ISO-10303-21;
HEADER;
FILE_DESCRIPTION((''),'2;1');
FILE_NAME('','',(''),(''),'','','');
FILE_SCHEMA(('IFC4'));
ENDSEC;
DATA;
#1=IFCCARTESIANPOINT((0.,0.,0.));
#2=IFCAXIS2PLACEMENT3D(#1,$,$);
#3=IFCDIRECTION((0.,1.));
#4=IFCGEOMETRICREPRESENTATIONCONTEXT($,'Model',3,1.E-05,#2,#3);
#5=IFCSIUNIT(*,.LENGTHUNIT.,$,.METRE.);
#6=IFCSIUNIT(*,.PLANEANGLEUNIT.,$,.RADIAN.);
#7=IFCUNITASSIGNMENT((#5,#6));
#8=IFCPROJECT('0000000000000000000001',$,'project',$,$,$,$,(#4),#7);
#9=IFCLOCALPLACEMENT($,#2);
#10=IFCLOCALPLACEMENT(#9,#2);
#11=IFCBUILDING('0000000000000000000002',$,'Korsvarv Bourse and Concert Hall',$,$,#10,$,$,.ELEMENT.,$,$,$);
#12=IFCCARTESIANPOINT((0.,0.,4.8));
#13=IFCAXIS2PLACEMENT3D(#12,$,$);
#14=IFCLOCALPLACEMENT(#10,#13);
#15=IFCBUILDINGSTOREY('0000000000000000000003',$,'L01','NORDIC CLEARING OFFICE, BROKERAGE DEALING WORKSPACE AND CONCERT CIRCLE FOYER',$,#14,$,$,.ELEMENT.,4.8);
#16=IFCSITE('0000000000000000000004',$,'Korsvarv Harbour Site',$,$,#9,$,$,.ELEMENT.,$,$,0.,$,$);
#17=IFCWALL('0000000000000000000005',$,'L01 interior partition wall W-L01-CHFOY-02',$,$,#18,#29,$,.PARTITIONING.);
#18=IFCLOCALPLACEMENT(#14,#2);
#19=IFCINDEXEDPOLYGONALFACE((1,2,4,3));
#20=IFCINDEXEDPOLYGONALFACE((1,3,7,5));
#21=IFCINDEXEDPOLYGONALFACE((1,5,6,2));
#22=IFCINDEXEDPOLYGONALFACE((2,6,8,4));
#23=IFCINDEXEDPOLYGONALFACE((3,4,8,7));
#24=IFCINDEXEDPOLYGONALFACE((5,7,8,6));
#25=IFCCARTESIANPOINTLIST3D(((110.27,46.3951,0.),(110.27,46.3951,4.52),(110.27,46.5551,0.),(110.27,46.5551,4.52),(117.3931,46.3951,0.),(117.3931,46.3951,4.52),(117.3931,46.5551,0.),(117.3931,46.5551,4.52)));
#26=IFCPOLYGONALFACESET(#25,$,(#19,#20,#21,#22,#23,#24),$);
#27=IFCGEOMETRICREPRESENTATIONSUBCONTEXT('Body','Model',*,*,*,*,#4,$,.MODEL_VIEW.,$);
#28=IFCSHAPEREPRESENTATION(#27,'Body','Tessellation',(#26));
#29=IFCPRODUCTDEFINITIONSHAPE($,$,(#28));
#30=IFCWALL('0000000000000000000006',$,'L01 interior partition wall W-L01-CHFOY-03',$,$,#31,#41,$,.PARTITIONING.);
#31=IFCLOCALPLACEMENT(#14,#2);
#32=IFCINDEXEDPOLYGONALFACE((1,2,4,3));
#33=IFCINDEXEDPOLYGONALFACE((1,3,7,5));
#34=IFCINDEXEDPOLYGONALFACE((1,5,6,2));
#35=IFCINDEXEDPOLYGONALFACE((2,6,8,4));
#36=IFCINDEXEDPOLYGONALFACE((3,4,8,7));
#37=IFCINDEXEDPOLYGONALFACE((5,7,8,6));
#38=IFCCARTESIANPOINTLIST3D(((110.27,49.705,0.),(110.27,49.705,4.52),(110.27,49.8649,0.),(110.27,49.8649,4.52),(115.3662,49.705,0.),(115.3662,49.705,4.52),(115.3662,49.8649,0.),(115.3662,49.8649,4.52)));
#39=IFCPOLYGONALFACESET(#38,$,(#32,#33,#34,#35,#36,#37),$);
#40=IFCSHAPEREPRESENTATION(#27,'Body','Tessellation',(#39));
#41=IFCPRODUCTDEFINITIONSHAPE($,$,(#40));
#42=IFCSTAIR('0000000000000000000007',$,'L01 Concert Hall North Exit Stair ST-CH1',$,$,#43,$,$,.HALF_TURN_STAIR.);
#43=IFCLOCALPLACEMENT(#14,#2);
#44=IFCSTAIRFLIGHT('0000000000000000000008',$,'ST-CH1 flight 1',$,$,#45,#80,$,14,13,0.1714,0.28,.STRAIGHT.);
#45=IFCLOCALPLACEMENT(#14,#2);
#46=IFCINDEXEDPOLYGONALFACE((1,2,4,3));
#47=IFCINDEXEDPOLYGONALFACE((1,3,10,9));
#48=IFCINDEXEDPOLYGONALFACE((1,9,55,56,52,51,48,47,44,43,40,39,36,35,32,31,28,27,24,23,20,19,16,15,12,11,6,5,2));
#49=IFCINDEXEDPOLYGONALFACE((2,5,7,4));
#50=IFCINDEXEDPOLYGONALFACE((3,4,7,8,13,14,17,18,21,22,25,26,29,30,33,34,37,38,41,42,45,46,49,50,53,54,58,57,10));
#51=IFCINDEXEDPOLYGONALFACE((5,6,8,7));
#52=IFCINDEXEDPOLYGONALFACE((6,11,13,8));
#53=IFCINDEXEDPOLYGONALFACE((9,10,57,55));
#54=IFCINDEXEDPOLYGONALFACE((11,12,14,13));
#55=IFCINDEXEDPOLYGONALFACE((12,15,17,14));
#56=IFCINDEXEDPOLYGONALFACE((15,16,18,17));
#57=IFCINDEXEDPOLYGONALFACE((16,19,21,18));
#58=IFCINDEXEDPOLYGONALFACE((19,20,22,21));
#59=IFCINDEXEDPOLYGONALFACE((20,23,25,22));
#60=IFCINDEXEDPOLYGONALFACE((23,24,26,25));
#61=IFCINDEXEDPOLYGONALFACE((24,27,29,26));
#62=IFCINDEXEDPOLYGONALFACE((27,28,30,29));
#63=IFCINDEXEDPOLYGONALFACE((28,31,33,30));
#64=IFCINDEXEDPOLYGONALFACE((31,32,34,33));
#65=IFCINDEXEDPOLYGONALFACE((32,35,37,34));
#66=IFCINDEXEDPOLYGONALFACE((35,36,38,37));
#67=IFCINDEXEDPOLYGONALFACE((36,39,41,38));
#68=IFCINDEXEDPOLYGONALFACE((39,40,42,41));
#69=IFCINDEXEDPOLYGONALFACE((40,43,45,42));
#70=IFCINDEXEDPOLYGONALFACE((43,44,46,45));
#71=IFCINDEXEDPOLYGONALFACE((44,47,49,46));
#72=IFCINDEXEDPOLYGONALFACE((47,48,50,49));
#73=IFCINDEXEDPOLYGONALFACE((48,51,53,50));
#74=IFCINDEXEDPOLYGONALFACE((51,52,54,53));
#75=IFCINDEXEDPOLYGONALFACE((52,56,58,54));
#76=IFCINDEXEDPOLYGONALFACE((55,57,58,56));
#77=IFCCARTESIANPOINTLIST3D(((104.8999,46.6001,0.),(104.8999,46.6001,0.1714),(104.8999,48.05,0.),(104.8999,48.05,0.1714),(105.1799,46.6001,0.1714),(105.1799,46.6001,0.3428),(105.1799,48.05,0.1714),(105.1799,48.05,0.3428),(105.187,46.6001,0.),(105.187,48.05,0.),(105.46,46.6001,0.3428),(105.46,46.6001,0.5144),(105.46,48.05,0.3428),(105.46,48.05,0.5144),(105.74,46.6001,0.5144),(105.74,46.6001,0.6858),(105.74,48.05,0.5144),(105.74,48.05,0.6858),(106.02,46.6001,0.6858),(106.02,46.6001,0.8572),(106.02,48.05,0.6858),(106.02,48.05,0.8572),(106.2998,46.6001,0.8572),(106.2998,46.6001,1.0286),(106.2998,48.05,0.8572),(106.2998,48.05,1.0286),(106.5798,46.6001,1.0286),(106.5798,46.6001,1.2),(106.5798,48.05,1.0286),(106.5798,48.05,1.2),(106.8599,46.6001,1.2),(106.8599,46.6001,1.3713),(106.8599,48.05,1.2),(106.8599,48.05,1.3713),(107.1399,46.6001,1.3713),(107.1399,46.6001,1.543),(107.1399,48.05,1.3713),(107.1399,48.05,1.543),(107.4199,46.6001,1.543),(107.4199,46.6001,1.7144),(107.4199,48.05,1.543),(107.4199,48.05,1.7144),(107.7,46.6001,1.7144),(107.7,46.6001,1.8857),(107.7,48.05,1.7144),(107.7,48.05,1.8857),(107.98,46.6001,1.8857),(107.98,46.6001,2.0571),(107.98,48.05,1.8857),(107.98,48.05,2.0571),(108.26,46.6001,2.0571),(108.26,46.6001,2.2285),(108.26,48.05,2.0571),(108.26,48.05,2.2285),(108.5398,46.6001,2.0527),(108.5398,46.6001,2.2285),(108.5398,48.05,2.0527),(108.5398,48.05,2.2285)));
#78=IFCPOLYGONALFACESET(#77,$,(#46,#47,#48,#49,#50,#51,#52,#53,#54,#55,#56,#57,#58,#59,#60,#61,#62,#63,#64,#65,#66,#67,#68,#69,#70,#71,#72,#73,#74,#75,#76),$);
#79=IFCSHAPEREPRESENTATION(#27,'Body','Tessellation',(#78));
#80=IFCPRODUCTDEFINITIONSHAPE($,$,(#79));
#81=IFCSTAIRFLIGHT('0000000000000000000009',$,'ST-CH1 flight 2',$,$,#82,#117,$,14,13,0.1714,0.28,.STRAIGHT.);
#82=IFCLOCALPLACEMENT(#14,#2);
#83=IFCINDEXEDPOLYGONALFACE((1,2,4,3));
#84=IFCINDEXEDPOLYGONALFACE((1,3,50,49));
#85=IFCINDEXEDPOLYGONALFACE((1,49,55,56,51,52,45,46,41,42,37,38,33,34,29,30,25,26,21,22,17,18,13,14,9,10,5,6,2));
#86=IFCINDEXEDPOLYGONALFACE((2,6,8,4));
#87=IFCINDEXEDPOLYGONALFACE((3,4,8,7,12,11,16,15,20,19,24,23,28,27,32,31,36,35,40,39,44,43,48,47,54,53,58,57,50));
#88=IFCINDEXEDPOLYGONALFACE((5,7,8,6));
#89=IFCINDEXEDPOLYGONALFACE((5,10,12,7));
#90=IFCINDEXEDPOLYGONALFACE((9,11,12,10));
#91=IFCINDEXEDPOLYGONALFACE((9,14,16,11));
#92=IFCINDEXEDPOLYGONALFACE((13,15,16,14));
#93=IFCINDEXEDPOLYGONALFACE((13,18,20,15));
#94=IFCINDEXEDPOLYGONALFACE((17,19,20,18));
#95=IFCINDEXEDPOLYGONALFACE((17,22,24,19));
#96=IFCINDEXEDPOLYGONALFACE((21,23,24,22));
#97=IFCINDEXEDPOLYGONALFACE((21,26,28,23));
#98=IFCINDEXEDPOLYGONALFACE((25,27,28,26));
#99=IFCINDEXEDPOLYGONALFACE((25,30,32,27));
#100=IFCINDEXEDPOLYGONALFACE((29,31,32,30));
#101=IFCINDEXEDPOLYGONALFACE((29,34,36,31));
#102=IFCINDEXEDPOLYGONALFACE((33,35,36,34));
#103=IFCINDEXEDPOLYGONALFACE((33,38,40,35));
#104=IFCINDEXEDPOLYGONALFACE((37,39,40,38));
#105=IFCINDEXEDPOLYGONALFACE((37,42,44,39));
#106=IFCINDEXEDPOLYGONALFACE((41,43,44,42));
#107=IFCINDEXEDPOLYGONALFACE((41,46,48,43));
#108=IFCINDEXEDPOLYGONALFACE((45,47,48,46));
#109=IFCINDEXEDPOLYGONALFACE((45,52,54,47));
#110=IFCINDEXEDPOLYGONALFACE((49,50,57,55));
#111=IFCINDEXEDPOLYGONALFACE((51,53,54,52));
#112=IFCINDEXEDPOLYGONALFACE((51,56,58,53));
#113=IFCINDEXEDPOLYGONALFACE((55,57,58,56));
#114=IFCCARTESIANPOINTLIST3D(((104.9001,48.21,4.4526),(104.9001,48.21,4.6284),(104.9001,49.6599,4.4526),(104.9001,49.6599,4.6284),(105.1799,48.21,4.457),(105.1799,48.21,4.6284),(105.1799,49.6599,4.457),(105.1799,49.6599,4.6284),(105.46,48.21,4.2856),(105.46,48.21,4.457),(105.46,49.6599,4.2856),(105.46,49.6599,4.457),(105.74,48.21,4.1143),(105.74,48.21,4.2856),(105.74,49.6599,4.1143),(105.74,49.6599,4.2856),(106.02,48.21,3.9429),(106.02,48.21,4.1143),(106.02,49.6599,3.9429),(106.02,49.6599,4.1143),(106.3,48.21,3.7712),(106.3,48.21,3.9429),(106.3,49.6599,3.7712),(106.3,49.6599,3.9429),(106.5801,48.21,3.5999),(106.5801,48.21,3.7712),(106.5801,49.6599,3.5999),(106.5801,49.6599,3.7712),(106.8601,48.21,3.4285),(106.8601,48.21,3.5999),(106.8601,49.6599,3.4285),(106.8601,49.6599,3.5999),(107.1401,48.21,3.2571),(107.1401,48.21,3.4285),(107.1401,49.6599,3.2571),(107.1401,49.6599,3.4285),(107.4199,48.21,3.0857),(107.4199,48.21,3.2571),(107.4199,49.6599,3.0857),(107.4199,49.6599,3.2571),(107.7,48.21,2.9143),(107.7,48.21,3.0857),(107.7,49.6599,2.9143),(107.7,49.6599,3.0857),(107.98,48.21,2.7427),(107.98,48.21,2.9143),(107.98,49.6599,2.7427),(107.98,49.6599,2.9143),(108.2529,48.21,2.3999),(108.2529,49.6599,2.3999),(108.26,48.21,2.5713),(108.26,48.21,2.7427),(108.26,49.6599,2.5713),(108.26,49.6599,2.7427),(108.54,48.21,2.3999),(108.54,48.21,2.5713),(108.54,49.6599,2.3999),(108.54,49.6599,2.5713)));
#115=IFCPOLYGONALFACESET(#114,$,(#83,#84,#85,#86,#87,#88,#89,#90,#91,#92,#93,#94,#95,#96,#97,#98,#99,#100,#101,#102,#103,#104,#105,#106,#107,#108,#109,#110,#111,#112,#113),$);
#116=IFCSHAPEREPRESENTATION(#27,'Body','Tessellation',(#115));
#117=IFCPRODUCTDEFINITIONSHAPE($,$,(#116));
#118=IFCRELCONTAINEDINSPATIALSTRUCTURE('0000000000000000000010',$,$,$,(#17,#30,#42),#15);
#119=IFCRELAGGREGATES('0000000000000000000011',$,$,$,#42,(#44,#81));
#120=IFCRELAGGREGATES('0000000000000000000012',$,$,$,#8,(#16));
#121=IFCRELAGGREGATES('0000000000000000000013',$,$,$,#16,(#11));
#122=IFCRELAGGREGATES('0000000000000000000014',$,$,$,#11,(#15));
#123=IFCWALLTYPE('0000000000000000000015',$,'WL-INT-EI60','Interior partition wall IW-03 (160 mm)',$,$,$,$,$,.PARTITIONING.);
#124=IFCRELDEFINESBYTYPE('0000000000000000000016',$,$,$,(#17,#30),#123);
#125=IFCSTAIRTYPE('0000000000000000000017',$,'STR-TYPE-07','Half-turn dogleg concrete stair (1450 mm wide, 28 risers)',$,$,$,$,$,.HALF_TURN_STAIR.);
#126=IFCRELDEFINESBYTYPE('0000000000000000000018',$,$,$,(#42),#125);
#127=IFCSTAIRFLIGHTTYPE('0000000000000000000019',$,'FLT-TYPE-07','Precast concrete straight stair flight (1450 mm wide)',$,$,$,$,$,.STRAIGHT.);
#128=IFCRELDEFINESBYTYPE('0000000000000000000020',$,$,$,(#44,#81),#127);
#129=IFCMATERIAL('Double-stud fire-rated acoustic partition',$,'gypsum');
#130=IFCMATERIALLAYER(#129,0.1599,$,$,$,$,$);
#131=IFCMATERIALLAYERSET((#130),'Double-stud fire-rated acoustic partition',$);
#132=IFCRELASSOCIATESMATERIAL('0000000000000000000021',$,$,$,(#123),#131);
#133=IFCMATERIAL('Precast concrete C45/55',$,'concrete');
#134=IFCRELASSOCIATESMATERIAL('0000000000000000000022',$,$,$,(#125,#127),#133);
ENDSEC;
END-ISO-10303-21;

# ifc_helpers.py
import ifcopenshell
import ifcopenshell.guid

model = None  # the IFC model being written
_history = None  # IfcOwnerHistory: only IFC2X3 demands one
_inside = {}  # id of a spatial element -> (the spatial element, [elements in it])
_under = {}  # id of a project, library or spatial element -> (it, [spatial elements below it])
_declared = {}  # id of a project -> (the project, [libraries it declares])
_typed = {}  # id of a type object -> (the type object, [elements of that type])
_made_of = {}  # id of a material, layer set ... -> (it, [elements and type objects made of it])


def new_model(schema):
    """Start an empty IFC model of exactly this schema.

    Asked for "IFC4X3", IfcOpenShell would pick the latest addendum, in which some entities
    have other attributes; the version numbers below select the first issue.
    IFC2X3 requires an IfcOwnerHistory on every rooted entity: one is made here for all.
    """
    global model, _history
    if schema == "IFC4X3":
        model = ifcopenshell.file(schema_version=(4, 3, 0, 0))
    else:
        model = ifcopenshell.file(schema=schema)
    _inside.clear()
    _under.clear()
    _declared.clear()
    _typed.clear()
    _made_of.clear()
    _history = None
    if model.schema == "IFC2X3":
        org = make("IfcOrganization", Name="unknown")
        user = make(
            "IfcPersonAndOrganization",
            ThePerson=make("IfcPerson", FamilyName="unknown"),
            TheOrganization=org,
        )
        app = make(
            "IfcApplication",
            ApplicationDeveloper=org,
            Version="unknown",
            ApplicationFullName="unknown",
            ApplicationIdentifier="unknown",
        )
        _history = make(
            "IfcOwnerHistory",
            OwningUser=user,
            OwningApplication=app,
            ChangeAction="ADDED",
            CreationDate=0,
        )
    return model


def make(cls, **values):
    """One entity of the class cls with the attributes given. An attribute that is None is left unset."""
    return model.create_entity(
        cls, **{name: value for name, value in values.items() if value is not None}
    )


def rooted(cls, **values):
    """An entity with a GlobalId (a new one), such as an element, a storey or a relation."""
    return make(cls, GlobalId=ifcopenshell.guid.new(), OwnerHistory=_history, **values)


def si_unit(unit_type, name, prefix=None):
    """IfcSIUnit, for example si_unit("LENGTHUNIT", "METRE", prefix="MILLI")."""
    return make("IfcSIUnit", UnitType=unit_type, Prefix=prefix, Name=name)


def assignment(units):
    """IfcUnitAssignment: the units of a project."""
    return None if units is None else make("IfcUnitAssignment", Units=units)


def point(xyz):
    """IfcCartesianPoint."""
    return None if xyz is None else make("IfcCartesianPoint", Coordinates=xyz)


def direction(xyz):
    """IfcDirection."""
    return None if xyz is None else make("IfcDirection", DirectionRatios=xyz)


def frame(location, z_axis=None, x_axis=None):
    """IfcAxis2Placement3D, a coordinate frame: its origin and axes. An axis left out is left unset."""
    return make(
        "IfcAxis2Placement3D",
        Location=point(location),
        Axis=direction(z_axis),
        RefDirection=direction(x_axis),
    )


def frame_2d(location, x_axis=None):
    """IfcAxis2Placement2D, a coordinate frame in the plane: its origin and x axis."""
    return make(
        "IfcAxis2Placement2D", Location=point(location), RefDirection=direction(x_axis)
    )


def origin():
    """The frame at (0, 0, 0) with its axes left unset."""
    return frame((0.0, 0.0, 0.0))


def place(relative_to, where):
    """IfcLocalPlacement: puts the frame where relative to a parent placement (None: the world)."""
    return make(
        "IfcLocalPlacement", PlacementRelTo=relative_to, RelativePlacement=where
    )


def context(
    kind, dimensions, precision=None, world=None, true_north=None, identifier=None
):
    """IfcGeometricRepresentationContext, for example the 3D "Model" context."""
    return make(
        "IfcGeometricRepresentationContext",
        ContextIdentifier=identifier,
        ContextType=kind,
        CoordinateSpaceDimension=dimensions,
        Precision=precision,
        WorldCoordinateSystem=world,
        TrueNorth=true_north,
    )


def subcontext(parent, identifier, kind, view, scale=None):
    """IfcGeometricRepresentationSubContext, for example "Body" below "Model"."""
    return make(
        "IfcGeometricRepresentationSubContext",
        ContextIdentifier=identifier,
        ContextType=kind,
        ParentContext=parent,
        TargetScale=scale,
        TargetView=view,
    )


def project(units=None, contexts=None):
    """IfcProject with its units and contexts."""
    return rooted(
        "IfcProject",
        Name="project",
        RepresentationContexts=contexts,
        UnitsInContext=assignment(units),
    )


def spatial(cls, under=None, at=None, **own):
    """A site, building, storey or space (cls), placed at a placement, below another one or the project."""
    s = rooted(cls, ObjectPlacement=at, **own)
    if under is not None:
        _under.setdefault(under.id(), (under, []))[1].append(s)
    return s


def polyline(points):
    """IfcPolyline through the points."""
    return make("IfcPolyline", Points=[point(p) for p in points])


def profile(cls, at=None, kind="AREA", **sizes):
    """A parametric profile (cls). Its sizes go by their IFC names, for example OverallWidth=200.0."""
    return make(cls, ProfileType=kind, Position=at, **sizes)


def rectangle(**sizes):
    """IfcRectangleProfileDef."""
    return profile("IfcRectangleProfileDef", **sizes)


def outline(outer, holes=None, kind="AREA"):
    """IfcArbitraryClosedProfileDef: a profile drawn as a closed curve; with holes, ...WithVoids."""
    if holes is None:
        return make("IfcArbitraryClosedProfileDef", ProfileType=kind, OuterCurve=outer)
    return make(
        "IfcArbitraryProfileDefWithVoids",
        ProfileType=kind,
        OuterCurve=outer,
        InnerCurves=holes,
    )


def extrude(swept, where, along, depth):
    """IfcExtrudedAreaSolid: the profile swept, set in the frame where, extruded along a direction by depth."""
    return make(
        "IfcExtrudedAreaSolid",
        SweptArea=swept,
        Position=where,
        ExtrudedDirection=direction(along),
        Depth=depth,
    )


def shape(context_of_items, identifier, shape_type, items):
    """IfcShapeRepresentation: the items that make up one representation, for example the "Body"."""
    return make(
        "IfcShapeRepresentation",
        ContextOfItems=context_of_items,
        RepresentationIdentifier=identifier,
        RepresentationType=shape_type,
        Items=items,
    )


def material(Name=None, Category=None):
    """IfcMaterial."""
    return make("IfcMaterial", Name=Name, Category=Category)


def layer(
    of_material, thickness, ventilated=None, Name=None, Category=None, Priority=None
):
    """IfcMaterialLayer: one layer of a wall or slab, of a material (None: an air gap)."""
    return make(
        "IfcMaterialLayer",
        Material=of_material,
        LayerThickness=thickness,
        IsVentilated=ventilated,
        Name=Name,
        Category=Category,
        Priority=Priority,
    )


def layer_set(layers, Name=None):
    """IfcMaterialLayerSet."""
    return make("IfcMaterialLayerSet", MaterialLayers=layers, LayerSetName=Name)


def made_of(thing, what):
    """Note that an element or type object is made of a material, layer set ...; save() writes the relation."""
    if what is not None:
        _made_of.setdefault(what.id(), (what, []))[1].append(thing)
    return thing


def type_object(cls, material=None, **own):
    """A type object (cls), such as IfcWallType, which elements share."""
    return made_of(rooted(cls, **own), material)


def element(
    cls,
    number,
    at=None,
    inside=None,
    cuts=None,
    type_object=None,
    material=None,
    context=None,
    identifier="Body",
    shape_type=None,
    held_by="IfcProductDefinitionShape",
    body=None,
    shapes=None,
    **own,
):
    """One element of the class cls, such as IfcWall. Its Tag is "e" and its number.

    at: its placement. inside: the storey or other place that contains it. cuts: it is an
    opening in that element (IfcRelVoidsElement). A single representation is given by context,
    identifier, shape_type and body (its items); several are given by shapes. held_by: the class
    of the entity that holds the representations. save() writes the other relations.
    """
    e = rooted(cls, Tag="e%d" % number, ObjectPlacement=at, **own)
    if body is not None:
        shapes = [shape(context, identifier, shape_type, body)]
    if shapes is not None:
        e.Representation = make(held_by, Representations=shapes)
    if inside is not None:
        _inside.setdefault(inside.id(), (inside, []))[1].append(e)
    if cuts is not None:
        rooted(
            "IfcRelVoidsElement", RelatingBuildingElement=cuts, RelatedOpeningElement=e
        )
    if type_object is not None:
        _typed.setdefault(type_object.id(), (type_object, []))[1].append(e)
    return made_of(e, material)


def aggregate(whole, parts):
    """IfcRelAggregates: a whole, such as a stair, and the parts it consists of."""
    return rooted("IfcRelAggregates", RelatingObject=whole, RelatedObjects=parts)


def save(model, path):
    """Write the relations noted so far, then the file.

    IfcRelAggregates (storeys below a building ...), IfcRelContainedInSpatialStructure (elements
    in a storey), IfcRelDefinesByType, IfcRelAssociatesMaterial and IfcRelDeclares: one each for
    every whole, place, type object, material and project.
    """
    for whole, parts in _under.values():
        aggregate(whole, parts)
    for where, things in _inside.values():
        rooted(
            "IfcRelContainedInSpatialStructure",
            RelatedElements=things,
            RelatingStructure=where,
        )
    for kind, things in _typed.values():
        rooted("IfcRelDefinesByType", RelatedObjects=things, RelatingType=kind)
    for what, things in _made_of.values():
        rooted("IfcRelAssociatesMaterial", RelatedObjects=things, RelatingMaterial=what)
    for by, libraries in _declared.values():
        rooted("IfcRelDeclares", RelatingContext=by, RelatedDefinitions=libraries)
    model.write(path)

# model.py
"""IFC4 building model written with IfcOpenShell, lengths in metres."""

from ifc_helpers import new_model, si_unit, direction, frame, frame_2d, origin, place, context, subcontext, project, spatial, polyline, rectangle, outline, extrude, material, layer, layer_set, type_object, element, aggregate, save


model = new_model("IFC4")

# Units and contexts
model_context = context("Model", 3, precision=1e-05, world=origin(), true_north=direction((0.0, 1.0)))
body_context = subcontext(model_context, "Body", "Model", "MODEL_VIEW")
ifc_project = project(units=[si_unit("LENGTHUNIT", "METRE"), si_unit("PLANEANGLEUNIT", "RADIAN")], contexts=[model_context])

# Site, building, storey
site_placement = place(None, origin())
site = spatial("IfcSite", under=ifc_project, at=site_placement, Name="Korsvarv Harbour Site", CompositionType="ELEMENT", RefElevation=0.0)
building_placement = place(site_placement, origin())
building = spatial("IfcBuilding", under=site, at=building_placement, Name="Korsvarv Bourse and Concert Hall", CompositionType="ELEMENT")
storey_placement = place(building_placement, frame((0.0, 0.0, 4.8)))
storey = spatial("IfcBuildingStorey", under=building, at=storey_placement, Name="L01", Description="NORDIC CLEARING OFFICE, BROKERAGE DEALING WORKSPACE AND CONCERT CIRCLE FOYER", CompositionType="ELEMENT", Elevation=4.8)

# Walls
ifc_material_1 = material(Name="Double-stud fire-rated acoustic partition", Category="gypsum")
ifc_layer_1 = layer(ifc_material_1, 0.1599)
ifc_layer_set_1 = layer_set([ifc_layer_1], Name="Double-stud fire-rated acoustic partition")
wall_type_1 = type_object("IfcWallType", Name="WL-INT-EI60", Description="Interior partition wall IW-03 (160 mm)", PredefinedType="PARTITIONING", material=ifc_layer_set_1)
wall_1_placement = place(storey_placement, frame((110.27, 46.4751, 0.0), z_axis=(0.0, 0.0, 1.0), x_axis=(1.0, 0.0, 0.0)))
element("IfcWall", 1, at=wall_1_placement, inside=storey, type_object=wall_type_1, Name="L01 interior partition wall W-L01-CHFOY-02", PredefinedType="PARTITIONING", context=body_context, shape_type="SweptSolid", body=[
    extrude(rectangle(XDim=7.123, YDim=0.1599, at=frame_2d((3.5615, 0.0))), origin(), (0.0, 0.0, 1.0), 4.52),
])
wall_2_placement = place(storey_placement, frame((110.27, 49.7849, 0.0), z_axis=(0.0, 0.0, 1.0), x_axis=(1.0, 0.0, 0.0)))
element("IfcWall", 2, at=wall_2_placement, inside=storey, type_object=wall_type_1, Name="L01 interior partition wall W-L01-CHFOY-03", PredefinedType="PARTITIONING", context=body_context, shape_type="SweptSolid", body=[
    extrude(rectangle(XDim=5.0962, YDim=0.1599, at=frame_2d((2.5481, 0.0))), origin(), (0.0, 0.0, 1.0), 4.52),
])

# Stair, stair flights
ifc_material_2 = material(Name="Precast concrete C45/55", Category="concrete")
stair_type = type_object("IfcStairType", Name="STR-TYPE-07", Description="Half-turn dogleg concrete stair (1450 mm wide, 28 risers)", PredefinedType="HALF_TURN_STAIR", material=ifc_material_2)
stair_placement = place(storey_placement, origin())
stair = element("IfcStair", 3, at=stair_placement, inside=storey, type_object=stair_type, Name="L01 Concert Hall North Exit Stair ST-CH1", PredefinedType="HALF_TURN_STAIR")
stair_flight_type = type_object("IfcStairFlightType", Name="FLT-TYPE-07", Description="Precast concrete straight stair flight (1450 mm wide)", PredefinedType="STRAIGHT", material=ifc_material_2)
stair_flight_1_placement = place(storey_placement, frame((104.8999, 47.325, 0.0), z_axis=(0.0, 0.0, 1.0), x_axis=(1.0, 0.0, 0.0)))
stair_flight_1 = element("IfcStairFlight", 4, at=stair_flight_1_placement, type_object=stair_flight_type, Name="ST-CH1 flight 1", NumberOfRisers=14, NumberOfTreads=13, PredefinedType="STRAIGHT", RiserHeight=0.1714, TreadLength=0.28, context=body_context, shape_type="SweptSolid", body=[
    extrude(outline(polyline([(0.0, 0.0), (0.0, 0.1714), (0.28, 0.1714), (0.28, 0.3428), (0.5601, 0.3428), (0.5601, 0.5144), (0.8401, 0.5144), (0.8401, 0.6858), (1.1201, 0.6858), (1.1201, 0.8572), (1.3999, 0.8572), (1.3999, 1.0286), (1.6799, 1.0286), (1.6799, 1.2), (1.96, 1.2), (1.96, 1.3713), (2.24, 1.3713), (2.24, 1.543), (2.52, 1.543), (2.52, 1.7144), (2.8, 1.7144), (2.8, 1.8857), (3.0801, 1.8857), (3.0801, 2.0571), (3.3601, 2.0571), (3.3601, 2.2285), (3.6399, 2.2285), (3.6399, 2.3999), (3.6399, 2.0527), (0.2871, 0.0), (0.0, 0.0)])), frame((0.0, 0.7251, 0.0), z_axis=(0.0, -1.0, 0.0), x_axis=(1.0, 0.0, 0.0)), (0.0, 0.0, 1.0), 1.45),
])
stair_flight_2_placement = place(storey_placement, frame((108.54, 48.9351, 2.3999), z_axis=(0.0, 0.0, 1.0), x_axis=(-1.0, 0.0, 0.0)))
stair_flight_2 = element("IfcStairFlight", 5, at=stair_flight_2_placement, type_object=stair_flight_type, Name="ST-CH1 flight 2", NumberOfRisers=14, NumberOfTreads=13, PredefinedType="STRAIGHT", RiserHeight=0.1714, TreadLength=0.28, context=body_context, shape_type="SweptSolid", body=[
    extrude(outline(polyline([(0.0, 0.0), (0.0, 0.1714), (0.28, 0.1714), (0.28, 0.3428), (0.5601, 0.3428), (0.5601, 0.5144), (0.8401, 0.5144), (0.8401, 0.6858), (1.1201, 0.6858), (1.1201, 0.8572), (1.3999, 0.8572), (1.3999, 1.0286), (1.6799, 1.0286), (1.6799, 1.2), (1.96, 1.2), (1.96, 1.3713), (2.24, 1.3713), (2.24, 1.543), (2.52, 1.543), (2.52, 1.7144), (2.8, 1.7144), (2.8, 1.8857), (3.0801, 1.8857), (3.0801, 2.0571), (3.3601, 2.0571), (3.3601, 2.2285), (3.6399, 2.2285), (3.6399, 2.3999), (3.6399, 2.0527), (0.2871, 0.0), (0.0, 0.0)])), frame((0.0, 0.7251, 0.0), z_axis=(0.0, -1.0, 0.0), x_axis=(1.0, 0.0, 0.0)), (0.0, 0.0, 1.0), 1.45),
])
aggregate(stair, [stair_flight_1, stair_flight_2])

save(model, "model.ifc")
